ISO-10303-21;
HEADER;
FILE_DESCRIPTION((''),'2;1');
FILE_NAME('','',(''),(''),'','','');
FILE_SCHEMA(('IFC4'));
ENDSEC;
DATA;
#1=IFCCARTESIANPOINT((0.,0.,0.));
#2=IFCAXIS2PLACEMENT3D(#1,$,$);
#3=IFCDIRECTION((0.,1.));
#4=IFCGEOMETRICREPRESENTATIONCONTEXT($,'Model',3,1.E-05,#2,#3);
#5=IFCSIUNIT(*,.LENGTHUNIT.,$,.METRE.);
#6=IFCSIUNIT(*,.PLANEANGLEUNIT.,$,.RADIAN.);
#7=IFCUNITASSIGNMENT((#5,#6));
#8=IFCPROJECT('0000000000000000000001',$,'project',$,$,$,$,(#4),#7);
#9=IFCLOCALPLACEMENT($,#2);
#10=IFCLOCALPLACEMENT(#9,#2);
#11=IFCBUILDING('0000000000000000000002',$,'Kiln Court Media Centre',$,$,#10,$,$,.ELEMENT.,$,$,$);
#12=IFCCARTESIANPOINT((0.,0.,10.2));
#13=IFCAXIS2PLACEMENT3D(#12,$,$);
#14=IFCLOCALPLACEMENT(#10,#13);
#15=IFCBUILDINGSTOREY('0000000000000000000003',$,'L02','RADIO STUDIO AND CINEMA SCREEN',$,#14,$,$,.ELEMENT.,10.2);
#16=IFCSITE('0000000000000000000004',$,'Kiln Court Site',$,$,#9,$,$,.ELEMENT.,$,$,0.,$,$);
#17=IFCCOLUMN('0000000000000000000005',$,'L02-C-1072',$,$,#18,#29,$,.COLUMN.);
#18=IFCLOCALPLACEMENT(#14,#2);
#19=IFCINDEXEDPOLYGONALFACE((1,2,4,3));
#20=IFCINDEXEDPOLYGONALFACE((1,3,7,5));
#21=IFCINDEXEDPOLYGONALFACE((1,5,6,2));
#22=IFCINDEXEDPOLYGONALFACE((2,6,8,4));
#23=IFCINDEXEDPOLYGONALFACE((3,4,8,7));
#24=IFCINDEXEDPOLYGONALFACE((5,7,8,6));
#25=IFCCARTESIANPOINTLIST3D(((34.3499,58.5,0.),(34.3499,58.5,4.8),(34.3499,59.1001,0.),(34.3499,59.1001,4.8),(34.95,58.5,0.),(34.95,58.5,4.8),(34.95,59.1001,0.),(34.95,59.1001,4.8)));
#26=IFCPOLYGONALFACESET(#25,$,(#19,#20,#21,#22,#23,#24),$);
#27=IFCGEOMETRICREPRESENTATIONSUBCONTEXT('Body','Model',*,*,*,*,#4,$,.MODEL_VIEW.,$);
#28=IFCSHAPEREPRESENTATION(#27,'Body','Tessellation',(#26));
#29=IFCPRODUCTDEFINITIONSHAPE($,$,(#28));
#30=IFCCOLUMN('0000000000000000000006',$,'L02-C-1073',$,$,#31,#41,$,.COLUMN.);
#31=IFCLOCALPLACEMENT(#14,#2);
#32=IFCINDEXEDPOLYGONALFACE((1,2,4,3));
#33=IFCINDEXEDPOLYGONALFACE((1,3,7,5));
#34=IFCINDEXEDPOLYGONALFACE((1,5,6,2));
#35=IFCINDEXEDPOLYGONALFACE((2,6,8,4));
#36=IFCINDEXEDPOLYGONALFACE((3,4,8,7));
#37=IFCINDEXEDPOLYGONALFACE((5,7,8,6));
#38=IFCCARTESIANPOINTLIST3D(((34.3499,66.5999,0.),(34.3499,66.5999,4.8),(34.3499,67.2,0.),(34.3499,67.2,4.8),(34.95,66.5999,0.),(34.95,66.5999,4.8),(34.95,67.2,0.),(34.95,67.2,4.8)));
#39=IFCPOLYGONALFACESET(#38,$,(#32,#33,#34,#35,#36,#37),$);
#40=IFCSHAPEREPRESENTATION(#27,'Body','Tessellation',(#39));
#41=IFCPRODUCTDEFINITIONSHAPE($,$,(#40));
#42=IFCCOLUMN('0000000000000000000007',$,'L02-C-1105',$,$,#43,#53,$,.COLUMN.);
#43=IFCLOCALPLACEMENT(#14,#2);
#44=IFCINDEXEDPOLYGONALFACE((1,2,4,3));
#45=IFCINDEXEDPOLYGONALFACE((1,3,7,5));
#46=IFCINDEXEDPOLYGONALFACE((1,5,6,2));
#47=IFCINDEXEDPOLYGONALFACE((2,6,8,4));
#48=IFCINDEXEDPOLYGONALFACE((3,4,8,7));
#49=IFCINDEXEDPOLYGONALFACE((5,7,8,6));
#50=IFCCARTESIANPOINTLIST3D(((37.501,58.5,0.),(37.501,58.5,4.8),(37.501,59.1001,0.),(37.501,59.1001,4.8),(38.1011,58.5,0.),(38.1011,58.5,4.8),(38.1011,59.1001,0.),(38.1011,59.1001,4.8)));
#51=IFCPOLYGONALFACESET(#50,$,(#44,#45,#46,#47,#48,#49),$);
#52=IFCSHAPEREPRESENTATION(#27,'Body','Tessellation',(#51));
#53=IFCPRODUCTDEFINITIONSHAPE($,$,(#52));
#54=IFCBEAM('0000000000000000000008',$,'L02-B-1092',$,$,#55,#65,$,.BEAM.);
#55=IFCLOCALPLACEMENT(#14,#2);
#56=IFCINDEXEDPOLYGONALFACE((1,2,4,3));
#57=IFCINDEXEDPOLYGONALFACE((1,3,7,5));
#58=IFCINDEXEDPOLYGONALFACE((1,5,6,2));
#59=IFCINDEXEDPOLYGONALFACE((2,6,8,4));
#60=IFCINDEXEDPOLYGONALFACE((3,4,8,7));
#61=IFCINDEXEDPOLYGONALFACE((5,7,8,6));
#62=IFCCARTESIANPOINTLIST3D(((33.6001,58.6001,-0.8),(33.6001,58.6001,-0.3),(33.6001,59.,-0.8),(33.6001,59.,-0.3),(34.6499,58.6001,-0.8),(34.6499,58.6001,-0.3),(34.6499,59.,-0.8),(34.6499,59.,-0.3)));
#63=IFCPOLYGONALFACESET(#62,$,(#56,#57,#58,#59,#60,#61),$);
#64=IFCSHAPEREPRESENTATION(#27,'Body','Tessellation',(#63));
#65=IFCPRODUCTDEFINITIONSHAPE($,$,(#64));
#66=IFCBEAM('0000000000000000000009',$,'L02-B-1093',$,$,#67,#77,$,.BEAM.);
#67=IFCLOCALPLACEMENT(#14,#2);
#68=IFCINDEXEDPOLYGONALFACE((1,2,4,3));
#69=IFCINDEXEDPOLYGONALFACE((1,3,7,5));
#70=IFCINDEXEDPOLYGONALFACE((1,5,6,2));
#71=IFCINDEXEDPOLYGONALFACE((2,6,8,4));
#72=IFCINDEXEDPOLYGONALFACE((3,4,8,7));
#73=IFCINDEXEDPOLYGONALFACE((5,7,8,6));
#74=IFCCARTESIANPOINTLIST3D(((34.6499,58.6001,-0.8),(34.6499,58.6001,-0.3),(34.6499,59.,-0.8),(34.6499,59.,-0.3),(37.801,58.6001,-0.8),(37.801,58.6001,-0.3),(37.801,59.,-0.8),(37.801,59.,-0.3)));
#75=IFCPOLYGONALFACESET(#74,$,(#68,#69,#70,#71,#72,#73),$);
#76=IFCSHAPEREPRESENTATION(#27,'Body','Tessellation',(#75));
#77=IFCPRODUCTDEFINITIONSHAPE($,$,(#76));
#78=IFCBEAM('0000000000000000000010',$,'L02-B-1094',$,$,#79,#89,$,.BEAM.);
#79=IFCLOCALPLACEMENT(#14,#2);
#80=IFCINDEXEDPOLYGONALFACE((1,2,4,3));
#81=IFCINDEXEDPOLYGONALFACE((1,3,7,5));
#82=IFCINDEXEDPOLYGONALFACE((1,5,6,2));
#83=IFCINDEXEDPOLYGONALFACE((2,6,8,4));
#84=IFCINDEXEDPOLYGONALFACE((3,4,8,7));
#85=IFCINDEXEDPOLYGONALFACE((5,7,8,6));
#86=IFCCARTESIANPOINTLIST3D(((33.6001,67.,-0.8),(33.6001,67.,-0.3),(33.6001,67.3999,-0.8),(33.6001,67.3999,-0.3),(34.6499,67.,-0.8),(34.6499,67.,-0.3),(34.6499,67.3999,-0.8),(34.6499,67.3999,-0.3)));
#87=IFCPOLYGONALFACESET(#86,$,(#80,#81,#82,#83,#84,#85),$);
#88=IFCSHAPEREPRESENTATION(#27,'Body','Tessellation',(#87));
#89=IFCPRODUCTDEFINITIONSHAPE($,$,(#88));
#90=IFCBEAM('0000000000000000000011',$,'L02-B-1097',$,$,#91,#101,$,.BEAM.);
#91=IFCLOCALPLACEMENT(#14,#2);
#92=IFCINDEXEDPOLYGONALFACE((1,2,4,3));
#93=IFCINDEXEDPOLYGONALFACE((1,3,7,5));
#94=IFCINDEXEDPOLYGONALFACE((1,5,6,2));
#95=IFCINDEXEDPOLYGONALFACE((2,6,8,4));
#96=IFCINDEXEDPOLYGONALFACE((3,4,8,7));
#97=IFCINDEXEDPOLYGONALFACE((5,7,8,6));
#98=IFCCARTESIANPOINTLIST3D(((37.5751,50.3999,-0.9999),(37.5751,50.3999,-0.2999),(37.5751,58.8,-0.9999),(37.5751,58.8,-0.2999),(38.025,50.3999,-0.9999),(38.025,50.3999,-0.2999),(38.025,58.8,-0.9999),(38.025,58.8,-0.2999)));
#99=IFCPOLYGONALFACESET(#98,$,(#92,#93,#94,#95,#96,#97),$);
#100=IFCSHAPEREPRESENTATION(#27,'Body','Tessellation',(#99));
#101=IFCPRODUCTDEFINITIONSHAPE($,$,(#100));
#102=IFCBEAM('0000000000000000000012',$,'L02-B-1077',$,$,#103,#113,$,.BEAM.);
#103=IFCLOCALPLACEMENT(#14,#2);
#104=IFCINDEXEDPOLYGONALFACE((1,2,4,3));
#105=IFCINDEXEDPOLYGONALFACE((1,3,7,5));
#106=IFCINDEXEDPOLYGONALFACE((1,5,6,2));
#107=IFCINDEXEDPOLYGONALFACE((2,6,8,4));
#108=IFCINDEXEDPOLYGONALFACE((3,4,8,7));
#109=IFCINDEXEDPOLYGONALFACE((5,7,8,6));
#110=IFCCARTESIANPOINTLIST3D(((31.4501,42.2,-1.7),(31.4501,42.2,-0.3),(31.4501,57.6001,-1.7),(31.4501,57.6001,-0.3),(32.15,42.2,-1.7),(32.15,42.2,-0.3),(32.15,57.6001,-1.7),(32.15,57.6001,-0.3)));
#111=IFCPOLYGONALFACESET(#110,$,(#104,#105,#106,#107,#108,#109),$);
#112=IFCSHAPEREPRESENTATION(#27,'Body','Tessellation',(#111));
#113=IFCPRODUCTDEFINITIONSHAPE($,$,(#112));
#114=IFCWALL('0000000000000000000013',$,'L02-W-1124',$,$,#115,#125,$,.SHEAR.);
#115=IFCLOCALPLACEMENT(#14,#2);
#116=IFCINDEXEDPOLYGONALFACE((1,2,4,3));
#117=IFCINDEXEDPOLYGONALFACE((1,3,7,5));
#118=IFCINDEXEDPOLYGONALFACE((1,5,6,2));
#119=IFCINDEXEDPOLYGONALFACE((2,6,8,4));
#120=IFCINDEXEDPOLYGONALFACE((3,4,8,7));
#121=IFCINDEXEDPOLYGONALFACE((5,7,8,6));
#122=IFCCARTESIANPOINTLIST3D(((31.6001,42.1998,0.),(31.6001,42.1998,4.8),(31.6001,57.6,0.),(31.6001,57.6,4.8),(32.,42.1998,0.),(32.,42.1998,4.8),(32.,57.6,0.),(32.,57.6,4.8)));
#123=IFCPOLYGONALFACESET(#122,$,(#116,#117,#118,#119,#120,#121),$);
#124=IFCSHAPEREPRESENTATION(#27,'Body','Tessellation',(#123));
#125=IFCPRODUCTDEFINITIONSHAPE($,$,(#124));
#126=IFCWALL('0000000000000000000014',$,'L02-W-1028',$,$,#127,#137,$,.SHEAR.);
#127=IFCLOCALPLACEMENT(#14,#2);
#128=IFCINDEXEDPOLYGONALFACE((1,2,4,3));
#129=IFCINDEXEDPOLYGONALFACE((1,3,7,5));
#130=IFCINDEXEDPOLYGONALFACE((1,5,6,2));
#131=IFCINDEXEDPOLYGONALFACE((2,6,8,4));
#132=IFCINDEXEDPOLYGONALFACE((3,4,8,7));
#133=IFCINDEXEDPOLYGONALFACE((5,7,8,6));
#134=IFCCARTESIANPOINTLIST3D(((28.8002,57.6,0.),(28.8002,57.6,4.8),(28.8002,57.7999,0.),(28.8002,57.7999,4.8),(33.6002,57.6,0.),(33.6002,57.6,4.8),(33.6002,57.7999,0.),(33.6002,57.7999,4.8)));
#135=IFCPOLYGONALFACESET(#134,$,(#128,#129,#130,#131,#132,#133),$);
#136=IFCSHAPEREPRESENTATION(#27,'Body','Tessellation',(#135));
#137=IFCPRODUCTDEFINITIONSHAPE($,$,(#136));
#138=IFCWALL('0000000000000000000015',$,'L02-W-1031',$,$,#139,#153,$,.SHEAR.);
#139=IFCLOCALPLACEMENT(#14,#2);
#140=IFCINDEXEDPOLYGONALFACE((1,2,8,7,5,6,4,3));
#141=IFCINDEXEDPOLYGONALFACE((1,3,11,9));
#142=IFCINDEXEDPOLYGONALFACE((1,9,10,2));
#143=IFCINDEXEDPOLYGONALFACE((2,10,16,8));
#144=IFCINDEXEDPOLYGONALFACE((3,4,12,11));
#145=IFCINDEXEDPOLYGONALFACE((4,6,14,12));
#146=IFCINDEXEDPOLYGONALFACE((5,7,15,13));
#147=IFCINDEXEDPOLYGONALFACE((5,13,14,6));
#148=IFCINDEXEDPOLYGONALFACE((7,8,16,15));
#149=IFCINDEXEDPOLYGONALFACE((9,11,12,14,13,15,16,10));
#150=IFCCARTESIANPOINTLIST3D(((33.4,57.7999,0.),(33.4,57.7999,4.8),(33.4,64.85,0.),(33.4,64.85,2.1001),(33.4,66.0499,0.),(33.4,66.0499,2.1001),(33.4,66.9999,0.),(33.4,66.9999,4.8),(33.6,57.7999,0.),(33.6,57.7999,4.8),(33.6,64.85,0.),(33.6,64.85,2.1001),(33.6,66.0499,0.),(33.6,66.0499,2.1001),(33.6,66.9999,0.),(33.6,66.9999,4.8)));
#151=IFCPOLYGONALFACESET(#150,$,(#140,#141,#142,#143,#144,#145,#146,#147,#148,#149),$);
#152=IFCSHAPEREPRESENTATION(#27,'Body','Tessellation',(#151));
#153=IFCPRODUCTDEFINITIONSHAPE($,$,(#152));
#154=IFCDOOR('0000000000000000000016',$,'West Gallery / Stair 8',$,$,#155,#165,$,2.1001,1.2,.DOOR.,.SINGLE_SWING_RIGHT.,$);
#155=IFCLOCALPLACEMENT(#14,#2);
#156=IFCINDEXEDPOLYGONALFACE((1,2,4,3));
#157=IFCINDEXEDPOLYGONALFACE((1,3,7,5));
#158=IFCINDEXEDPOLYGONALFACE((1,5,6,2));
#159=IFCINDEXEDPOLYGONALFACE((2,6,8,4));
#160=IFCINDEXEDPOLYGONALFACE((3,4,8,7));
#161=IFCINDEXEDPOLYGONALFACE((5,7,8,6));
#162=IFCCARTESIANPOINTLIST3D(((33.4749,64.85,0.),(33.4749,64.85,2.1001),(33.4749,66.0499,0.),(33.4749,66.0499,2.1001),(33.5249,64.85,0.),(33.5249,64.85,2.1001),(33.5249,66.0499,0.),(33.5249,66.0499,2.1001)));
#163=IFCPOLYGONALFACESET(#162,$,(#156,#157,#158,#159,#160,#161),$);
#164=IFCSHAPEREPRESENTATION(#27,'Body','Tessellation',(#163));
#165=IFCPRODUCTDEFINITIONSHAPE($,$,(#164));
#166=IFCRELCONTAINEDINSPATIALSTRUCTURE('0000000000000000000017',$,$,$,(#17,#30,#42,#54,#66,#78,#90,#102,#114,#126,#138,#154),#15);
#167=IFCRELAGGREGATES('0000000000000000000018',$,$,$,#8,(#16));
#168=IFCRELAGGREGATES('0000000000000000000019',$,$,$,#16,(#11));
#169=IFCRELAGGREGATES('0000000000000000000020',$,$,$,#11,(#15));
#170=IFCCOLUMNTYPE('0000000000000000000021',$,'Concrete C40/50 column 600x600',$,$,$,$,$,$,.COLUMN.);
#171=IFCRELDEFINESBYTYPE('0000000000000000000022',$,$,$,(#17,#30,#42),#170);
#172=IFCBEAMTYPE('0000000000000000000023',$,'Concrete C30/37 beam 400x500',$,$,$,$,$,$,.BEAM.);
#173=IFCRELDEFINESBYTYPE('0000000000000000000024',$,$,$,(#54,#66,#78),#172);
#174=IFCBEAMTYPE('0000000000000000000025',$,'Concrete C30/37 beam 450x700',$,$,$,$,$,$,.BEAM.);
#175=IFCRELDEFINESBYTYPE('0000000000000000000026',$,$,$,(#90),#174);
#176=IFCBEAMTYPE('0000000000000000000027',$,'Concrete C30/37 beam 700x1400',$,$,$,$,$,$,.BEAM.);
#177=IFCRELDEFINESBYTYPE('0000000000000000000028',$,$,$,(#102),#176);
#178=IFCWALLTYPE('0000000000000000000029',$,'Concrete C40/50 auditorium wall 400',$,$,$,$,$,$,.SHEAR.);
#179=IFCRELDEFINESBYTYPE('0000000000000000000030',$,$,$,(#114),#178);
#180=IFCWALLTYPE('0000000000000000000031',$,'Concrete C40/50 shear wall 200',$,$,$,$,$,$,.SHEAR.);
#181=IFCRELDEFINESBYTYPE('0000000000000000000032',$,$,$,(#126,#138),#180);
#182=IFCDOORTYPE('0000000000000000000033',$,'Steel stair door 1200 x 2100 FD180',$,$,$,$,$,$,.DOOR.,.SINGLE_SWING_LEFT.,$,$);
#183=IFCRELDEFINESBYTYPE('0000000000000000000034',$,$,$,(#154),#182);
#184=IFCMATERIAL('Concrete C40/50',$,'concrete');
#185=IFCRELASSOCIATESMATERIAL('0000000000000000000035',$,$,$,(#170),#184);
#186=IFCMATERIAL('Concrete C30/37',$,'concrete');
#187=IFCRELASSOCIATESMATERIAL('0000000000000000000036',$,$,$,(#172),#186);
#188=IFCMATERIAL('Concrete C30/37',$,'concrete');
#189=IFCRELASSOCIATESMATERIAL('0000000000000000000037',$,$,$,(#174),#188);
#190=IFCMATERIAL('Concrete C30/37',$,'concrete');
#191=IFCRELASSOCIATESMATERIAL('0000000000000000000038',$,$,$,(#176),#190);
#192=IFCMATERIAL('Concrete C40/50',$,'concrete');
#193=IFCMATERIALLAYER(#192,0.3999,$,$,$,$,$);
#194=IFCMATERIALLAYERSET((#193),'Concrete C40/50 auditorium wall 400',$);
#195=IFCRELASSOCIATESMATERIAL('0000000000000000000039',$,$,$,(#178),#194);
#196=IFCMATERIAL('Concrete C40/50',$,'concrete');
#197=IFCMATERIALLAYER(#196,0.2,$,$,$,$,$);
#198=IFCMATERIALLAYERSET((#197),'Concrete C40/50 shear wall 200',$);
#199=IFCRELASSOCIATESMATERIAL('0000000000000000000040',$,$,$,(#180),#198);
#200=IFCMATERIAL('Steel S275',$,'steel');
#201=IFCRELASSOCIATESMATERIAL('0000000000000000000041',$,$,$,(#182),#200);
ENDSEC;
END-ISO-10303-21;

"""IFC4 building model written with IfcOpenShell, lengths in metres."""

from ifc_helpers import new_model, si_unit, direction, frame, frame_2d, origin, origin_2d, place, context, subcontext, project, spatial, rectangle, extrude, material, layer, layer_set, material_profile, profile_set, type_object, element, fill, save


model = new_model("IFC4")

# Units and contexts
model_context = context("Model", 3, precision=1e-05, world=origin(), true_north=direction((0.0, 1.0)))
body_context = subcontext(model_context, "Body", "Model", "MODEL_VIEW")
ifc_project = project(units=[si_unit("LENGTHUNIT", "METRE"), si_unit("PLANEANGLEUNIT", "RADIAN")], contexts=[model_context])

# Site, building, storey
site_placement = place(None, origin())
site = spatial("IfcSite", under=ifc_project, at=site_placement, Name="Kiln Court Site", CompositionType="ELEMENT", RefElevation=0.0)
building_placement = place(site_placement, origin())
building = spatial("IfcBuilding", under=site, at=building_placement, Name="Kiln Court Media Centre", CompositionType="ELEMENT")
storey_placement = place(building_placement, frame((0.0, 0.0, 10.2)))
storey = spatial("IfcBuildingStorey", under=building, at=storey_placement, Name="L02", Description="RADIO STUDIO AND CINEMA SCREEN", CompositionType="ELEMENT", Elevation=10.2)

# Columns
ifc_material_1 = material(Name="Concrete C40/50", Category="concrete")
ifc_material_profile_1 = material_profile(ifc_material_1, rectangle(XDim=0.6001, YDim=0.6001, at=origin_2d()), Name="RC 600x600")
ifc_profile_set_1 = profile_set([ifc_material_profile_1], Name="Concrete C40/50")
column_type = type_object("IfcColumnType", Name="Concrete C40/50 column 600x600", PredefinedType="COLUMN", material=ifc_profile_set_1)
for number, where, z_axis, x_axis, name in (
    (1, (34.6499, 58.8, 0.0), (0.0, 0.0, 1.0), (1.0, 0.0, 0.0), "L02-C-1072"),
    (2, (34.6499, 66.8999, 0.0), (0.0, 0.0, 1.0), (1.0, 0.0, 0.0), "L02-C-1073"),
    (3, (37.801, 58.8, 0.0), (0.0, 0.0, 1.0), (1.0, 0.0, 0.0), "L02-C-1105"),
):
    element("IfcColumn", number, at=place(storey_placement, frame(where, z_axis=z_axis, x_axis=x_axis)), inside=storey, type_object=column_type, Name=name, PredefinedType="COLUMN", context=body_context, shape_type="SweptSolid", body=[
        extrude(rectangle(XDim=0.6001, YDim=0.6001, at=origin_2d()), origin(), (0.0, 0.0, 1.0), 4.8),
    ])

# Beams
ifc_material_2 = material(Name="Concrete C30/37", Category="concrete")
ifc_material_profile_2 = material_profile(ifc_material_2, rectangle(XDim=0.3999, YDim=0.5, at=origin_2d()), Name="RC 400x500")
ifc_profile_set_2 = profile_set([ifc_material_profile_2], Name="Concrete C30/37")
beam_type_1 = type_object("IfcBeamType", Name="Concrete C30/37 beam 400x500", PredefinedType="BEAM", material=ifc_profile_set_2)
beam_1_placement = place(storey_placement, frame((33.6001, 58.8, -0.55), z_axis=(1.0, 0.0, 0.0), x_axis=(0.0, 1.0, 0.0)))
element("IfcBeam", 4, at=beam_1_placement, inside=storey, type_object=beam_type_1, Name="L02-B-1092", PredefinedType="BEAM", context=body_context, shape_type="SweptSolid", body=[
    extrude(rectangle(XDim=0.3999, YDim=0.5, at=origin_2d()), origin(), (0.0, 0.0, 1.0), 1.0498),
])
beam_2_placement = place(storey_placement, frame((34.6499, 58.8, -0.55), z_axis=(1.0, 0.0, 0.0), x_axis=(0.0, 1.0, 0.0)))
element("IfcBeam", 5, at=beam_2_placement, inside=storey, type_object=beam_type_1, Name="L02-B-1093", PredefinedType="BEAM", context=body_context, shape_type="SweptSolid", body=[
    extrude(rectangle(XDim=0.3999, YDim=0.5, at=origin_2d()), origin(), (0.0, 0.0, 1.0), 3.1511),
])
beam_3_placement = place(storey_placement, frame((33.6001, 67.2, -0.55), z_axis=(1.0, 0.0, 0.0), x_axis=(0.0, 1.0, 0.0)))
element("IfcBeam", 6, at=beam_3_placement, inside=storey, type_object=beam_type_1, Name="L02-B-1094", PredefinedType="BEAM", context=body_context, shape_type="SweptSolid", body=[
    extrude(rectangle(XDim=0.3999, YDim=0.5, at=origin_2d()), origin(), (0.0, 0.0, 1.0), 1.0498),
])
ifc_material_3 = material(Name="Concrete C30/37", Category="concrete")
ifc_material_profile_3 = material_profile(ifc_material_3, rectangle(XDim=0.45, YDim=0.7, at=origin_2d()), Name="RC 450x700")
ifc_profile_set_3 = profile_set([ifc_material_profile_3], Name="Concrete C30/37")
beam_type_2 = type_object("IfcBeamType", Name="Concrete C30/37 beam 450x700", PredefinedType="BEAM", material=ifc_profile_set_3)
beam_4_placement = place(storey_placement, frame((37.8, 58.8, -0.6499), z_axis=(0.0, -1.0, 0.0), x_axis=(1.0, 0.0, 0.0)))
element("IfcBeam", 7, at=beam_4_placement, inside=storey, type_object=beam_type_2, Name="L02-B-1097", PredefinedType="BEAM", context=body_context, shape_type="SweptSolid", body=[
    extrude(rectangle(XDim=0.45, YDim=0.7, at=origin_2d()), origin(), (0.0, 0.0, 1.0), 8.4001),
])
ifc_material_4 = material(Name="Concrete C30/37", Category="concrete")
ifc_material_profile_4 = material_profile(ifc_material_4, rectangle(XDim=0.7, YDim=1.3999, at=origin_2d()), Name="RC 700x1400")
ifc_profile_set_4 = profile_set([ifc_material_profile_4], Name="Concrete C30/37")
beam_type_3 = type_object("IfcBeamType", Name="Concrete C30/37 beam 700x1400", PredefinedType="BEAM", material=ifc_profile_set_4)
beam_5_placement = place(storey_placement, frame((31.8, 57.6001, -1.0), z_axis=(0.0, -1.0, 0.0), x_axis=(1.0, 0.0, 0.0)))
element("IfcBeam", 8, at=beam_5_placement, inside=storey, type_object=beam_type_3, Name="L02-B-1077", PredefinedType="BEAM", context=body_context, shape_type="SweptSolid", body=[
    extrude(rectangle(XDim=0.7, YDim=1.3999, at=origin_2d()), origin(), (0.0, 0.0, 1.0), 15.4001),
])

# Walls
ifc_material_5 = material(Name="Concrete C40/50", Category="concrete")
ifc_layer_1 = layer(ifc_material_5, 0.3999)
ifc_layer_set_1 = layer_set([ifc_layer_1], Name="Concrete C40/50 auditorium wall 400")
wall_type_1 = type_object("IfcWallType", Name="Concrete C40/50 auditorium wall 400", PredefinedType="SHEAR", material=ifc_layer_set_1)
wall_1_placement = place(storey_placement, frame((31.8, 57.6001, 0.0), z_axis=(0.0, 0.0, 1.0), x_axis=(0.0, -1.0, 0.0)))
element("IfcWall", 9, at=wall_1_placement, inside=storey, type_object=wall_type_1, Name="L02-W-1124", PredefinedType="SHEAR", context=body_context, shape_type="SweptSolid", body=[
    extrude(rectangle(XDim=15.4001, YDim=0.3999, at=frame_2d((7.7002, 0.0))), origin(), (0.0, 0.0, 1.0), 4.8),
])
ifc_material_6 = material(Name="Concrete C40/50", Category="concrete")
ifc_layer_2 = layer(ifc_material_6, 0.2)
ifc_layer_set_2 = layer_set([ifc_layer_2], Name="Concrete C40/50 shear wall 200")
wall_type_2 = type_object("IfcWallType", Name="Concrete C40/50 shear wall 200", PredefinedType="SHEAR", material=ifc_layer_set_2)
wall_2_placement = place(storey_placement, frame((33.6001, 57.7, 0.0), z_axis=(0.0, 0.0, 1.0), x_axis=(-1.0, 0.0, 0.0)))
element("IfcWall", 10, at=wall_2_placement, inside=storey, type_object=wall_type_2, Name="L02-W-1028", PredefinedType="SHEAR", context=body_context, shape_type="SweptSolid", body=[
    extrude(rectangle(XDim=4.8, YDim=0.2, at=frame_2d((2.3999, 0.0))), origin(), (0.0, 0.0, 1.0), 4.8),
])

# Wall, opening, door
wall_3_placement = place(storey_placement, frame((33.5, 67.0, 0.0), z_axis=(0.0, 0.0, 1.0), x_axis=(0.0, -1.0, 0.0)))
wall_3 = element("IfcWall", 11, at=wall_3_placement, inside=storey, type_object=wall_type_2, Name="L02-W-1031", PredefinedType="SHEAR", context=body_context, shape_type="SweptSolid", body=[
    extrude(rectangle(XDim=9.2, YDim=0.2, at=frame_2d((4.6001, 0.0))), origin(), (0.0, 0.0, 1.0), 4.8),
])
opening_placement = place(wall_3_placement, frame((0.95, 0.0, 0.0)))
opening = element("IfcOpeningElement", 12, at=opening_placement, cuts=wall_3, PredefinedType="OPENING", context=body_context, shape_type="SweptSolid", body=[
    extrude(rectangle(XDim=1.2, YDim=2.1001, at=frame_2d((0.6001, 1.05))), frame((0.0, 0.1099, 0.0), z_axis=(0.0, -1.0, 0.0), x_axis=(1.0, 0.0, 0.0)), (0.0, 0.0, 1.0), 0.22),
])
ifc_material_7 = material(Name="Steel S275", Category="steel")
door_type = type_object("IfcDoorType", Name="Steel stair door 1200 x 2100 FD180", OperationType="SINGLE_SWING_LEFT", PredefinedType="DOOR", material=ifc_material_7)
door_placement = place(opening_placement, origin())
door = element("IfcDoor", 13, at=door_placement, inside=storey, type_object=door_type, Name="West Gallery / Stair 8", OperationType="SINGLE_SWING_RIGHT", OverallHeight=2.1001, OverallWidth=1.2, PredefinedType="DOOR", context=body_context, shape_type="SweptSolid", body=[
    extrude(rectangle(XDim=1.2, YDim=2.1001, at=frame_2d((0.6001, 1.05))), frame((0.0, 0.0249, 0.0), z_axis=(0.0, -1.0, 0.0), x_axis=(1.0, 0.0, 0.0)), (0.0, 0.0, 1.0), 0.05),
])
fill(opening, door)

save(model, "model.ifc")
